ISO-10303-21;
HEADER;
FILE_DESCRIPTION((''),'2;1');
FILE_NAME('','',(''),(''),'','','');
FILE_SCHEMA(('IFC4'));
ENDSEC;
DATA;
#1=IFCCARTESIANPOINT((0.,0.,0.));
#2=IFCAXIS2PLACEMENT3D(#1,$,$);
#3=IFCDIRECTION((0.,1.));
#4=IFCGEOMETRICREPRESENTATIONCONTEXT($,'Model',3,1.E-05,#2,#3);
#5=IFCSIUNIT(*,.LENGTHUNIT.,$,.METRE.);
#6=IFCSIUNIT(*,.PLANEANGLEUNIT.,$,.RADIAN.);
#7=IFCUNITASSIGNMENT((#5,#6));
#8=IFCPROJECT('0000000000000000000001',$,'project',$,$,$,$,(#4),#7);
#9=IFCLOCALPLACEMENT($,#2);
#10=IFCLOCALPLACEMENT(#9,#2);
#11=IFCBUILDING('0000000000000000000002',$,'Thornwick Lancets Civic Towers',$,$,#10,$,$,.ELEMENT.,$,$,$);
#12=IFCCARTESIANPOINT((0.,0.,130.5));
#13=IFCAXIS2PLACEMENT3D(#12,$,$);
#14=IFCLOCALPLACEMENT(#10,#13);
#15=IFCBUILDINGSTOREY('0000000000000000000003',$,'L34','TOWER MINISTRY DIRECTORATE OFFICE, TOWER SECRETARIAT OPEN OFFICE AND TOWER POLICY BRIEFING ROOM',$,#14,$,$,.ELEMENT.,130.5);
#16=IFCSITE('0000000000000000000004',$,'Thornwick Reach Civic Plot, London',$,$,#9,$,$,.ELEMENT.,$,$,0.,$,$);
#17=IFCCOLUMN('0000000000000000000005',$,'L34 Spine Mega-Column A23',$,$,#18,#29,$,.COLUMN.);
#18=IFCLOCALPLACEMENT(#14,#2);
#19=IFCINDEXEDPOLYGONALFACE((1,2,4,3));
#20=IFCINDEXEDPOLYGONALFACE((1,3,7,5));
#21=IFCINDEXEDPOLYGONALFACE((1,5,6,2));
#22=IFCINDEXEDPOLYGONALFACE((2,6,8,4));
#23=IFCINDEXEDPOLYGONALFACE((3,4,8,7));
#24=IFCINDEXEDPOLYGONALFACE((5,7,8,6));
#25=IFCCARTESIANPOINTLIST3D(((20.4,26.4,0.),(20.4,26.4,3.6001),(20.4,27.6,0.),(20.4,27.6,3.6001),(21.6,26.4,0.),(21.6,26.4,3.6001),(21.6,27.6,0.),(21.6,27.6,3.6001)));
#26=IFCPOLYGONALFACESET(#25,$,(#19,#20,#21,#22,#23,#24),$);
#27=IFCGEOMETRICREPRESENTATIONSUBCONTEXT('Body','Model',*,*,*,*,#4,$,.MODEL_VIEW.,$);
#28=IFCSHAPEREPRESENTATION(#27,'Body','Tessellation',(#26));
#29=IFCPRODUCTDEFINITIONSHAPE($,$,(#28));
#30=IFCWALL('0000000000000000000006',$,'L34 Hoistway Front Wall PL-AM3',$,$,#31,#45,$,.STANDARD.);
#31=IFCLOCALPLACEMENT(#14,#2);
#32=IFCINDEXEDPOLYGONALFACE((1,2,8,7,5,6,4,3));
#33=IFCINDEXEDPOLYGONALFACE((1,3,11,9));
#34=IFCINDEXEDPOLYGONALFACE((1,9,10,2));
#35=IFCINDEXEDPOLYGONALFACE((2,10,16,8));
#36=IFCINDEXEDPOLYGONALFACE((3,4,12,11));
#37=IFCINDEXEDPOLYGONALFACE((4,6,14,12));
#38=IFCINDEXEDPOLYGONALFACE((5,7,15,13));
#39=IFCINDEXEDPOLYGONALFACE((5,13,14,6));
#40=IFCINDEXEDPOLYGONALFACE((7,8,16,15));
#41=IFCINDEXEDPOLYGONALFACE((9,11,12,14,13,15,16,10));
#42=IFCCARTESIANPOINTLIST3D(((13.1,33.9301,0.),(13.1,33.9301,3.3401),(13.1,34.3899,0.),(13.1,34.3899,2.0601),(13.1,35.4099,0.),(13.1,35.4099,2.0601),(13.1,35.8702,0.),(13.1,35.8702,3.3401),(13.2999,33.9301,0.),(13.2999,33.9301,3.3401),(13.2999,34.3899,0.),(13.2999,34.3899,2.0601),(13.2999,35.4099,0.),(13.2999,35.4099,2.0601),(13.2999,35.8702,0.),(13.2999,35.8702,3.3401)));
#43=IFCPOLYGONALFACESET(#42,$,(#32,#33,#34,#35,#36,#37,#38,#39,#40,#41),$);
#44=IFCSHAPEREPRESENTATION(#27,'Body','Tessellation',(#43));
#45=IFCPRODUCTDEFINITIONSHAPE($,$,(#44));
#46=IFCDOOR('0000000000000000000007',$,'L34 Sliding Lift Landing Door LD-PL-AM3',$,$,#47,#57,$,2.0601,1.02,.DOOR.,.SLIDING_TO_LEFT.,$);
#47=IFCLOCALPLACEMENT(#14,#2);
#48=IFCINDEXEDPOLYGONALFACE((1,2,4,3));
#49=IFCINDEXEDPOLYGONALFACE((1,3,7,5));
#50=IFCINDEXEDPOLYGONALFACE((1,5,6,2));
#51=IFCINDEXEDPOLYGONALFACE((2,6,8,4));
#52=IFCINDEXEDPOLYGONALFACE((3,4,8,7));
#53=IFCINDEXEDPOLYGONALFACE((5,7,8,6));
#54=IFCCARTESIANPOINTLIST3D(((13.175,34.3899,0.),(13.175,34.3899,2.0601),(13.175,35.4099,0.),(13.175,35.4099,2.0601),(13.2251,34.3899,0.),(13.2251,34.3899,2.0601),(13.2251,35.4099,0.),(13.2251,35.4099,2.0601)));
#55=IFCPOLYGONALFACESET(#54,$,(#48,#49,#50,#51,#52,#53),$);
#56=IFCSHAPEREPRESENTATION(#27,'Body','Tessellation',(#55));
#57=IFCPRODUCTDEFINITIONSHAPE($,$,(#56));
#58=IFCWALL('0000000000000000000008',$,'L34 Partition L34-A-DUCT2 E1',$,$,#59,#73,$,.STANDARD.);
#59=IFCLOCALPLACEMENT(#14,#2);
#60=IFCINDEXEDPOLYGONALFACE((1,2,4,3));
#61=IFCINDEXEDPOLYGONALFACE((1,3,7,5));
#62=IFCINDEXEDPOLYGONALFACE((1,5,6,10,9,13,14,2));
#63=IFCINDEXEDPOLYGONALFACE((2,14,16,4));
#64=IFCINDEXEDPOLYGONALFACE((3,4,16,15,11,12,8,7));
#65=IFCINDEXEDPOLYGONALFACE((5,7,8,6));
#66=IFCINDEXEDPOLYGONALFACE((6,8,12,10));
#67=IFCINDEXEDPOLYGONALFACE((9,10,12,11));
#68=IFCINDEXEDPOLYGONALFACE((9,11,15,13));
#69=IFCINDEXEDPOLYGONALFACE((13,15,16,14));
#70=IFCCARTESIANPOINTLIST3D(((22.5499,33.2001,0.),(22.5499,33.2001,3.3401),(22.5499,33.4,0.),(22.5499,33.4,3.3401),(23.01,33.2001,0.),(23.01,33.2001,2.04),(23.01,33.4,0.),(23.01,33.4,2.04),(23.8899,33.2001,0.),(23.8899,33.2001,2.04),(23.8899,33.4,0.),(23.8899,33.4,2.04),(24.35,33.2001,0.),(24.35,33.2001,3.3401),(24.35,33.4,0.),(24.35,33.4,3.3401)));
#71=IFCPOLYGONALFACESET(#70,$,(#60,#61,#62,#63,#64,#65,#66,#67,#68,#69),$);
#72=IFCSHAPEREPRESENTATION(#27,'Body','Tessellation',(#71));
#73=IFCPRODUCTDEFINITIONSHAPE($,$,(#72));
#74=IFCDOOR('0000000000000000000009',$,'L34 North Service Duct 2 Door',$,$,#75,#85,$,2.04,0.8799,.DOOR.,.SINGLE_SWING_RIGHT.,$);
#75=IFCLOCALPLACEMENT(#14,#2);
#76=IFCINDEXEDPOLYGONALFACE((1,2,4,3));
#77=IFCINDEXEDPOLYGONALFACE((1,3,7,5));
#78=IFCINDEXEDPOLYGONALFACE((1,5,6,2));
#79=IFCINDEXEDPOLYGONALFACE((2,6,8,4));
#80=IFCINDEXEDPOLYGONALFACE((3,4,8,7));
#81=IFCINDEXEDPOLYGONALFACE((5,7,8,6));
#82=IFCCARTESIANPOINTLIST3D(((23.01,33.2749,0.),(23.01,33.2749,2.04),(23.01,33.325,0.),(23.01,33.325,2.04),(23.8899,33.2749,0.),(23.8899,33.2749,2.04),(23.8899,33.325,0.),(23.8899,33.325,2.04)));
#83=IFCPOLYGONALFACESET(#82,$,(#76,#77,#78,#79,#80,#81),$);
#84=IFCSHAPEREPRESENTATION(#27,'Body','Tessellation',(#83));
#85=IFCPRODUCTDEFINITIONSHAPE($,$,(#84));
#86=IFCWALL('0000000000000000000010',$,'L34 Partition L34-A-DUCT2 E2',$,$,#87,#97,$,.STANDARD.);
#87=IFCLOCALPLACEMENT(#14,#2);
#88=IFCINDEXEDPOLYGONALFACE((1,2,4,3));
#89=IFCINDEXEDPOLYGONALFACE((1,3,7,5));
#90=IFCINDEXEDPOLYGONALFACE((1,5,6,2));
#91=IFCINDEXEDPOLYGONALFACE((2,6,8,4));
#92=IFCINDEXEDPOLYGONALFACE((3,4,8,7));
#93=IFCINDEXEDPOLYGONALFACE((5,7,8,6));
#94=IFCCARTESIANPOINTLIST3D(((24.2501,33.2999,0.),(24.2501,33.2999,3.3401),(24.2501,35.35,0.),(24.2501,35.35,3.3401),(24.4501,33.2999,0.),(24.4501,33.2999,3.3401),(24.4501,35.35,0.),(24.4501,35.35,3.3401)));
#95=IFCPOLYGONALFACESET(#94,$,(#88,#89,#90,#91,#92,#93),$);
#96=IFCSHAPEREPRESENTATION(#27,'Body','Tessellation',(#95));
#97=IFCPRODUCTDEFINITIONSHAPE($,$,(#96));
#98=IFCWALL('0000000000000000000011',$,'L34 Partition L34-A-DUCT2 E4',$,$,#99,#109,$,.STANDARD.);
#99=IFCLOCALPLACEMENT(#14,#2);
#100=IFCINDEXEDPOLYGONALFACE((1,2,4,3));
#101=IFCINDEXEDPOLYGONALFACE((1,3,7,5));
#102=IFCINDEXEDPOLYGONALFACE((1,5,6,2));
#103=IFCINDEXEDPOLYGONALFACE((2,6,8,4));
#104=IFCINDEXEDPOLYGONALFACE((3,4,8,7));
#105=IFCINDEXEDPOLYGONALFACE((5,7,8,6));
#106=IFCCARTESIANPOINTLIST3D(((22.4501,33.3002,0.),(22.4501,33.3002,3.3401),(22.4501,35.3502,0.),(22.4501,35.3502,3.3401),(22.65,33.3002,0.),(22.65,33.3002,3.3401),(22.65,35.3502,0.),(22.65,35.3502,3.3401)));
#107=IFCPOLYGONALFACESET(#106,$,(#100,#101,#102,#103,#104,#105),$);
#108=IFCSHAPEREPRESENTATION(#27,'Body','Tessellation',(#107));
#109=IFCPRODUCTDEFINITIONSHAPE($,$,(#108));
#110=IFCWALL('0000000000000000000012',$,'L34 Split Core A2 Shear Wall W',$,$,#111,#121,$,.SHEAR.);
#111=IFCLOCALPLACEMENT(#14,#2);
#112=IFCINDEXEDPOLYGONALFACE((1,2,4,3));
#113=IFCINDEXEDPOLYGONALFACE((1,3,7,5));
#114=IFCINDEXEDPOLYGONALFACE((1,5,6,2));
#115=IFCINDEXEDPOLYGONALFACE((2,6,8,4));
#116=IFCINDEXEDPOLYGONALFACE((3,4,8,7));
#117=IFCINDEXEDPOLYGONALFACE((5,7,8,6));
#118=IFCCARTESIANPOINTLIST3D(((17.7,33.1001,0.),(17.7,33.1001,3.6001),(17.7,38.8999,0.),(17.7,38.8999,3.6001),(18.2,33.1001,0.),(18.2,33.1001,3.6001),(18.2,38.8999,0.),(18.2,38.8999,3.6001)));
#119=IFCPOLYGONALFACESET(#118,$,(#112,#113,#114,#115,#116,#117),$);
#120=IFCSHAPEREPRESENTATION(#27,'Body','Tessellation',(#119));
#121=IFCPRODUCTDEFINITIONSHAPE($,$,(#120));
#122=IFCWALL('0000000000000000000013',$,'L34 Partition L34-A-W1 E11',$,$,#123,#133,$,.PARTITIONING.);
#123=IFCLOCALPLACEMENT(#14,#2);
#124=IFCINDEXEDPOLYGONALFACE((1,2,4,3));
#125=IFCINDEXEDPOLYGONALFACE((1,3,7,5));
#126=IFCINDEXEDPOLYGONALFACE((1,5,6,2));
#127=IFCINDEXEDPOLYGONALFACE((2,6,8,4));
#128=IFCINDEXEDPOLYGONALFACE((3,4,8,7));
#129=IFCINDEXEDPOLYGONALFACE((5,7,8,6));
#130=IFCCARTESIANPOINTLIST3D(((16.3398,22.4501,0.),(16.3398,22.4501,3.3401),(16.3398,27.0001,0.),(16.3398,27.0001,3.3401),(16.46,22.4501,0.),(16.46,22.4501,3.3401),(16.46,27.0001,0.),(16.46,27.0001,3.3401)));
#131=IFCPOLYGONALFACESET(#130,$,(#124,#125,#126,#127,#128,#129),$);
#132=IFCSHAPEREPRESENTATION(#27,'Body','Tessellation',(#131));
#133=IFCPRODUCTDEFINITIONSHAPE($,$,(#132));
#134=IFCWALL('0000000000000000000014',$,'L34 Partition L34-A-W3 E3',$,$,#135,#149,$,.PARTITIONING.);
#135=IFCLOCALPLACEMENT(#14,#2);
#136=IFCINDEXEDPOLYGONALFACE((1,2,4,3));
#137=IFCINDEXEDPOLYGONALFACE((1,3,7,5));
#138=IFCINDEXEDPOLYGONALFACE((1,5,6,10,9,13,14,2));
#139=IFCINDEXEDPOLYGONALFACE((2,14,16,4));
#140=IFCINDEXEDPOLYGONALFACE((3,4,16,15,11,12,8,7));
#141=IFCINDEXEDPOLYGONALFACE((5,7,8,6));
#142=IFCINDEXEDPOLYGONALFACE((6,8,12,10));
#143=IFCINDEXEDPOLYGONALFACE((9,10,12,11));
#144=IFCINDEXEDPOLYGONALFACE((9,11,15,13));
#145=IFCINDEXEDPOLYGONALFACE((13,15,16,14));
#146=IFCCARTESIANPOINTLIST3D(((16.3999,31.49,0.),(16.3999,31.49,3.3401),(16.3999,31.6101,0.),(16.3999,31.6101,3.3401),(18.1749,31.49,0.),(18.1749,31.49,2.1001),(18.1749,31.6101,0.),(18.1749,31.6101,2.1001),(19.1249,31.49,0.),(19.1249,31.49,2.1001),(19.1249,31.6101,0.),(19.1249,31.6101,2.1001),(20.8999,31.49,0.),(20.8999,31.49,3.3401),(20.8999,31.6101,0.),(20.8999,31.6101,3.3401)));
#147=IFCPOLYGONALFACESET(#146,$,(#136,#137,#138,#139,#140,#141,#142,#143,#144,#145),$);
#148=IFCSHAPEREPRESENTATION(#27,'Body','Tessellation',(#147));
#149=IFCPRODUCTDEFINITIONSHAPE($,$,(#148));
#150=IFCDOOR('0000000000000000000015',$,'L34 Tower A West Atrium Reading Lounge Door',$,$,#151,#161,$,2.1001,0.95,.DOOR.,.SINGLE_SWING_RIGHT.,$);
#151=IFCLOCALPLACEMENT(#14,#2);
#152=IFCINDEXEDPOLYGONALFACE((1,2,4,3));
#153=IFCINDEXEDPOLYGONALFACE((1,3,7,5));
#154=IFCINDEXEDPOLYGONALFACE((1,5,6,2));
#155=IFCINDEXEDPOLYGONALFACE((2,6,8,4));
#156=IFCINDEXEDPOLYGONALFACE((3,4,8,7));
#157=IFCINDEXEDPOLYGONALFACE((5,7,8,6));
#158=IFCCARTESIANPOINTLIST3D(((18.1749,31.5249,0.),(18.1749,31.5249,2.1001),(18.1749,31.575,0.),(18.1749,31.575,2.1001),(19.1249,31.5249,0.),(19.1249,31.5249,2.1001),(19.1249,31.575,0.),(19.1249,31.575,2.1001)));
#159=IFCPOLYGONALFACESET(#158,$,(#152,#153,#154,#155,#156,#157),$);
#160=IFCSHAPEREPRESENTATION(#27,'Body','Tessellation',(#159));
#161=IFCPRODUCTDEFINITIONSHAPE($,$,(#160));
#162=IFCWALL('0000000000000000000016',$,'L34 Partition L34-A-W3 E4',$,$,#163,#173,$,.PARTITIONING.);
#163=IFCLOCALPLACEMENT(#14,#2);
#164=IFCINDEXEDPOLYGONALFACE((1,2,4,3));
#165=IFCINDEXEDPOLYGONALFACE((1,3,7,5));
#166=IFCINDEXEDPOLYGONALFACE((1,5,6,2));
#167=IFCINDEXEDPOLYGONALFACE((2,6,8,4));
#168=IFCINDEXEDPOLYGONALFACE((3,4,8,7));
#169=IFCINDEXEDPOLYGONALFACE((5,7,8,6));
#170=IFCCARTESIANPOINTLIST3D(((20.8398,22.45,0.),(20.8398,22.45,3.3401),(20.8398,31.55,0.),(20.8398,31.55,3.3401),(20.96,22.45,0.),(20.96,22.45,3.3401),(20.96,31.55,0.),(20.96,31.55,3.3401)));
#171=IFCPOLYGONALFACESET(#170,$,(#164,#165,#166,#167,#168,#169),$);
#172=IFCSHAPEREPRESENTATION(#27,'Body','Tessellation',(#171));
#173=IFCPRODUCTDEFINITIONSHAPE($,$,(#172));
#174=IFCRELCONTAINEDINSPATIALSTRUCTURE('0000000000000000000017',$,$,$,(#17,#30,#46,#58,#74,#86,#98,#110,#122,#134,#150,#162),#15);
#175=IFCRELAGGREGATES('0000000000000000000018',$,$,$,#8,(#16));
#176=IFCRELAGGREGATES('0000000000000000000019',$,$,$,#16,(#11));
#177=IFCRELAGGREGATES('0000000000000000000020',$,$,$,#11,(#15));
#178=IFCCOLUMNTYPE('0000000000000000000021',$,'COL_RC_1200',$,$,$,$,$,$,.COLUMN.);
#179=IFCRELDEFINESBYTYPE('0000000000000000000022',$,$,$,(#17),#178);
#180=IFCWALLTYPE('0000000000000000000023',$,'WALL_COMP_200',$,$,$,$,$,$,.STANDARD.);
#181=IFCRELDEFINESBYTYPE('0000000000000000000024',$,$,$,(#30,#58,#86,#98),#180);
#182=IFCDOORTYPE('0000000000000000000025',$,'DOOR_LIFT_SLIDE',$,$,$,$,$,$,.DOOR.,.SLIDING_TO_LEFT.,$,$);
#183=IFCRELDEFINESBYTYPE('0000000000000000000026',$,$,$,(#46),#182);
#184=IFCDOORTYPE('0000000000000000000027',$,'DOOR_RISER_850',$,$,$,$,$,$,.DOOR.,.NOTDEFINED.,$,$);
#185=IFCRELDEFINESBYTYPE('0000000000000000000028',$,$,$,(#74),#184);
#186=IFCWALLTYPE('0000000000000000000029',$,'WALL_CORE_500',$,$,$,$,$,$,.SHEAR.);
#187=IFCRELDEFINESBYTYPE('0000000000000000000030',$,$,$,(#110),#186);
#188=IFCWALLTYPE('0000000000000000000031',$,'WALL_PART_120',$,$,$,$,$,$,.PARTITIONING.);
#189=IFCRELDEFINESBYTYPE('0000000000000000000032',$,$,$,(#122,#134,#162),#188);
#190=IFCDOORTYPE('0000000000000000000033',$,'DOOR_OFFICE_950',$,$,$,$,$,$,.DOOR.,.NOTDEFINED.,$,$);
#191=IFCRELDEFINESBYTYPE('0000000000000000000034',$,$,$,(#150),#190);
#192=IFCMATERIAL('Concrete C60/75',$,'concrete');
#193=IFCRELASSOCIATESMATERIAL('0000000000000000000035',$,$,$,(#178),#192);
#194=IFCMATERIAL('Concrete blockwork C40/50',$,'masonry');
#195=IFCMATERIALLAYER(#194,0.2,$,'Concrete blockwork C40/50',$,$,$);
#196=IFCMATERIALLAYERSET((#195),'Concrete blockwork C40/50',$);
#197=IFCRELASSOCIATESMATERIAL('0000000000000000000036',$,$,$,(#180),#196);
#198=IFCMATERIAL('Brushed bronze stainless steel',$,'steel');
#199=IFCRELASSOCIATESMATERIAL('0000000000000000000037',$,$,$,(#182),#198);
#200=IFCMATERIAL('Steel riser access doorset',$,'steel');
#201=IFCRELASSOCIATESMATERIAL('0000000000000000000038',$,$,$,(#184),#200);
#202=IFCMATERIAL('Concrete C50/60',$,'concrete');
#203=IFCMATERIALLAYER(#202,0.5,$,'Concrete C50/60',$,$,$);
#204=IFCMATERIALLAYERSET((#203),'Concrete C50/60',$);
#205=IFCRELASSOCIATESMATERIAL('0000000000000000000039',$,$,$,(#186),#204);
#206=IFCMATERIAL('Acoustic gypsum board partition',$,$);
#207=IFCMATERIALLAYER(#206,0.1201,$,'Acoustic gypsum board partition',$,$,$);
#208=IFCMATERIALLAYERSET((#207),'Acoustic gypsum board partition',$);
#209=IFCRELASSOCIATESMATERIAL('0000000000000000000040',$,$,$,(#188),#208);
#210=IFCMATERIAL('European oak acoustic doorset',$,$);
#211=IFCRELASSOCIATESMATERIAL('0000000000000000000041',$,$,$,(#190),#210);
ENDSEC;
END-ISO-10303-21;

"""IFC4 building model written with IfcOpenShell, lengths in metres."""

from ifc_helpers import new_model, si_unit, direction, frame, frame_2d, origin, origin_2d, place, context, subcontext, project, spatial, rectangle, extrude, material, layer, layer_set, material_profile, profile_set, type_object, element, fill, save


model = new_model("IFC4")

# Units and contexts
model_context = context("Model", 3, precision=1e-05, world=origin(), true_north=direction((0.0, 1.0)))
body_context = subcontext(model_context, "Body", "Model", "MODEL_VIEW")
ifc_project = project(units=[si_unit("LENGTHUNIT", "METRE"), si_unit("PLANEANGLEUNIT", "RADIAN")], contexts=[model_context])

# Site, building, storey
site_placement = place(None, origin())
site = spatial("IfcSite", under=ifc_project, at=site_placement, Name="Thornwick Reach Civic Plot, London", CompositionType="ELEMENT", RefElevation=0.0)
building_placement = place(site_placement, origin())
building = spatial("IfcBuilding", under=site, at=building_placement, Name="Thornwick Lancets Civic Towers", CompositionType="ELEMENT")
storey_placement = place(building_placement, frame((0.0, 0.0, 130.5)))
storey = spatial("IfcBuildingStorey", under=building, at=storey_placement, Name="L34", Description="TOWER MINISTRY DIRECTORATE OFFICE, TOWER SECRETARIAT OPEN OFFICE AND TOWER POLICY BRIEFING ROOM", CompositionType="ELEMENT", Elevation=130.5)

# Column
ifc_material_1 = material(Name="Concrete C60/75", Category="concrete")
ifc_material_profile = material_profile(ifc_material_1, rectangle(XDim=1.2, YDim=1.2, at=origin_2d()), Name="RC 1200x1200")
ifc_profile_set = profile_set([ifc_material_profile], Name="Concrete C60/75")
column_type = type_object("IfcColumnType", Name="COL_RC_1200", PredefinedType="COLUMN", material=ifc_profile_set)
column_placement = place(storey_placement, frame((21.0, 27.0, 0.0), z_axis=(0.0, 0.0, 1.0), x_axis=(1.0, 0.0, 0.0)))
element("IfcColumn", 1, at=column_placement, inside=storey, type_object=column_type, Name="L34 Spine Mega-Column A23", PredefinedType="COLUMN", context=body_context, shape_type="SweptSolid", body=[
    extrude(rectangle(XDim=1.2, YDim=1.2, at=origin_2d()), origin(), (0.0, 0.0, 1.0), 3.6001),
])

# Walls, openings, doors
ifc_material_2 = material(Name="Concrete blockwork C40/50", Category="masonry")
ifc_layer_1 = layer(ifc_material_2, 0.2, Name="Concrete blockwork C40/50")
ifc_layer_set_1 = layer_set([ifc_layer_1], Name="Concrete blockwork C40/50")
wall_type_1 = type_object("IfcWallType", Name="WALL_COMP_200", PredefinedType="STANDARD", material=ifc_layer_set_1)
wall_1_placement = place(storey_placement, frame((13.2, 33.9299, 0.0), z_axis=(0.0, 0.0, 1.0), x_axis=(0.0, 1.0, 0.0)))
wall_1 = element("IfcWall", 2, at=wall_1_placement, inside=storey, type_object=wall_type_1, Name="L34 Hoistway Front Wall PL-AM3", PredefinedType="STANDARD", context=body_context, shape_type="SweptSolid", body=[
    extrude(rectangle(XDim=1.9402, YDim=0.2, at=frame_2d((0.9702, 0.0))), origin(), (0.0, 0.0, 1.0), 3.3401),
])
opening_1_placement = place(wall_1_placement, frame((0.46, 0.0, 0.0)))
opening_1 = element("IfcOpeningElement", 3, at=opening_1_placement, cuts=wall_1, PredefinedType="OPENING", context=body_context, shape_type="SweptSolid", body=[
    extrude(rectangle(XDim=1.02, YDim=2.0601, at=frame_2d((0.51, 1.03))), frame((0.0, 0.1099, 0.0), z_axis=(0.0, -1.0, 0.0), x_axis=(1.0, 0.0, 0.0)), (0.0, 0.0, 1.0), 0.22),
])
ifc_material_3 = material(Name="Brushed bronze stainless steel", Category="steel")
door_type_1 = type_object("IfcDoorType", Name="DOOR_LIFT_SLIDE", OperationType="SLIDING_TO_LEFT", PredefinedType="DOOR", material=ifc_material_3)
door_1_placement = place(opening_1_placement, origin())
door_1 = element("IfcDoor", 4, at=door_1_placement, inside=storey, type_object=door_type_1, Name="L34 Sliding Lift Landing Door LD-PL-AM3", OperationType="SLIDING_TO_LEFT", OverallHeight=2.0601, OverallWidth=1.02, PredefinedType="DOOR", context=body_context, shape_type="SweptSolid", body=[
    extrude(rectangle(XDim=1.02, YDim=2.0601, at=frame_2d((0.51, 1.03))), frame((0.0, 0.0249, 0.0), z_axis=(0.0, -1.0, 0.0), x_axis=(1.0, 0.0, 0.0)), (0.0, 0.0, 1.0), 0.05),
])
fill(opening_1, door_1)
wall_2_placement = place(storey_placement, frame((22.55, 33.3, 0.0), z_axis=(0.0, 0.0, 1.0), x_axis=(1.0, 0.0, 0.0)))
wall_2 = element("IfcWall", 5, at=wall_2_placement, inside=storey, type_object=wall_type_1, Name="L34 Partition L34-A-DUCT2 E1", PredefinedType="STANDARD", context=body_context, shape_type="SweptSolid", body=[
    extrude(rectangle(XDim=1.8, YDim=0.2, at=frame_2d((0.8999, 0.0))), origin(), (0.0, 0.0, 1.0), 3.3401),
])
opening_2_placement = place(wall_2_placement, frame((0.46, 0.0, 0.0)))
opening_2 = element("IfcOpeningElement", 6, at=opening_2_placement, cuts=wall_2, PredefinedType="OPENING", context=body_context, shape_type="SweptSolid", body=[
    extrude(rectangle(XDim=0.8799, YDim=2.04, at=frame_2d((0.4399, 1.02))), frame((0.0, 0.1099, 0.0), z_axis=(0.0, -1.0, 0.0), x_axis=(1.0, 0.0, 0.0)), (0.0, 0.0, 1.0), 0.22),
])
ifc_material_4 = material(Name="Steel riser access doorset", Category="steel")
door_type_2 = type_object("IfcDoorType", Name="DOOR_RISER_850", OperationType="NOTDEFINED", PredefinedType="DOOR", material=ifc_material_4)
door_2_placement = place(opening_2_placement, origin())
door_2 = element("IfcDoor", 7, at=door_2_placement, inside=storey, type_object=door_type_2, Name="L34 North Service Duct 2 Door", OperationType="SINGLE_SWING_RIGHT", OverallHeight=2.04, OverallWidth=0.8799, PredefinedType="DOOR", context=body_context, shape_type="SweptSolid", body=[
    extrude(rectangle(XDim=0.8799, YDim=2.04, at=frame_2d((0.4399, 1.02))), frame((0.0, 0.0249, 0.0), z_axis=(0.0, -1.0, 0.0), x_axis=(1.0, 0.0, 0.0)), (0.0, 0.0, 1.0), 0.05),
])
fill(opening_2, door_2)

# Walls
for number, where, z_axis, x_axis, name in (
    (8, (24.3501, 33.3, 0.0), (0.0, 0.0, 1.0), (0.0, 1.0, 0.0), "L34 Partition L34-A-DUCT2 E2"),
    (9, (22.55, 35.3501, 0.0), (0.0, 0.0, 1.0), (0.0, -1.0, 0.0), "L34 Partition L34-A-DUCT2 E4"),
):
    element("IfcWall", number, at=place(storey_placement, frame(where, z_axis=z_axis, x_axis=x_axis)), inside=storey, type_object=wall_type_1, Name=name, PredefinedType="STANDARD", context=body_context, shape_type="SweptSolid", body=[
        extrude(rectangle(XDim=2.05, YDim=0.2, at=frame_2d((1.0249, 0.0))), origin(), (0.0, 0.0, 1.0), 3.3401),
    ])
ifc_material_5 = material(Name="Concrete C50/60", Category="concrete")
ifc_layer_2 = layer(ifc_material_5, 0.5, Name="Concrete C50/60")
ifc_layer_set_2 = layer_set([ifc_layer_2], Name="Concrete C50/60")
wall_type_2 = type_object("IfcWallType", Name="WALL_CORE_500", PredefinedType="SHEAR", material=ifc_layer_set_2)
wall_3_placement = place(storey_placement, frame((17.95, 33.1001, 0.0), z_axis=(0.0, 0.0, 1.0), x_axis=(0.0, 1.0, 0.0)))
element("IfcWall", 10, at=wall_3_placement, inside=storey, type_object=wall_type_2, Name="L34 Split Core A2 Shear Wall W", PredefinedType="SHEAR", context=body_context, shape_type="SweptSolid", body=[
    extrude(rectangle(XDim=5.7998, YDim=0.5, at=frame_2d((2.8999, 0.0))), origin(), (0.0, 0.0, 1.0), 3.6001),
])
ifc_material_6 = material(Name="Acoustic gypsum board partition")
ifc_layer_3 = layer(ifc_material_6, 0.1201, Name="Acoustic gypsum board partition")
ifc_layer_set_3 = layer_set([ifc_layer_3], Name="Acoustic gypsum board partition")
wall_type_3 = type_object("IfcWallType", Name="WALL_PART_120", PredefinedType="PARTITIONING", material=ifc_layer_set_3)
wall_4_placement = place(storey_placement, frame((16.3999, 27.0, 0.0), z_axis=(0.0, 0.0, 1.0), x_axis=(0.0, -1.0, 0.0)))
element("IfcWall", 11, at=wall_4_placement, inside=storey, type_object=wall_type_3, Name="L34 Partition L34-A-W1 E11", PredefinedType="PARTITIONING", context=body_context, shape_type="SweptSolid", body=[
    extrude(rectangle(XDim=4.55, YDim=0.1201, at=frame_2d((2.2749, 0.0))), origin(), (0.0, 0.0, 1.0), 3.3401),
])

# Wall, opening, door
wall_5_placement = place(storey_placement, frame((16.3999, 31.55, 0.0), z_axis=(0.0, 0.0, 1.0), x_axis=(1.0, 0.0, 0.0)))
wall_5 = element("IfcWall", 12, at=wall_5_placement, inside=storey, type_object=wall_type_3, Name="L34 Partition L34-A-W3 E3", PredefinedType="PARTITIONING", context=body_context, shape_type="SweptSolid", body=[
    extrude(rectangle(XDim=4.5, YDim=0.1201, at=frame_2d((2.25, 0.0))), origin(), (0.0, 0.0, 1.0), 3.3401),
])
opening_3_placement = place(wall_5_placement, frame((1.7749, 0.0, 0.0)))
opening_3 = element("IfcOpeningElement", 13, at=opening_3_placement, cuts=wall_5, PredefinedType="OPENING", context=body_context, shape_type="SweptSolid", body=[
    extrude(rectangle(XDim=0.95, YDim=2.1001, at=frame_2d((0.4751, 1.05))), frame((0.0, 0.0701, 0.0), z_axis=(0.0, -1.0, 0.0), x_axis=(1.0, 0.0, 0.0)), (0.0, 0.0, 1.0), 0.1401),
])
ifc_material_7 = material(Name="European oak acoustic doorset")
door_type_3 = type_object("IfcDoorType", Name="DOOR_OFFICE_950", OperationType="NOTDEFINED", PredefinedType="DOOR", material=ifc_material_7)
door_3_placement = place(opening_3_placement, origin())
door_3 = element("IfcDoor", 14, at=door_3_placement, inside=storey, type_object=door_type_3, Name="L34 Tower A West Atrium Reading Lounge Door", OperationType="SINGLE_SWING_RIGHT", OverallHeight=2.1001, OverallWidth=0.95, PredefinedType="DOOR", context=body_context, shape_type="SweptSolid", body=[
    extrude(rectangle(XDim=0.95, YDim=2.1001, at=frame_2d((0.4751, 1.05))), frame((0.0, 0.0249, 0.0), z_axis=(0.0, -1.0, 0.0), x_axis=(1.0, 0.0, 0.0)), (0.0, 0.0, 1.0), 0.05),
])
fill(opening_3, door_3)

# Wall
wall_6_placement = place(storey_placement, frame((20.8999, 31.55, 0.0), z_axis=(0.0, 0.0, 1.0), x_axis=(0.0, -1.0, 0.0)))
element("IfcWall", 15, at=wall_6_placement, inside=storey, type_object=wall_type_3, Name="L34 Partition L34-A-W3 E4", PredefinedType="PARTITIONING", context=body_context, shape_type="SweptSolid", body=[
    extrude(rectangle(XDim=9.1001, YDim=0.1201, at=frame_2d((4.55, 0.0))), origin(), (0.0, 0.0, 1.0), 3.3401),
])

save(model, "model.ifc")
